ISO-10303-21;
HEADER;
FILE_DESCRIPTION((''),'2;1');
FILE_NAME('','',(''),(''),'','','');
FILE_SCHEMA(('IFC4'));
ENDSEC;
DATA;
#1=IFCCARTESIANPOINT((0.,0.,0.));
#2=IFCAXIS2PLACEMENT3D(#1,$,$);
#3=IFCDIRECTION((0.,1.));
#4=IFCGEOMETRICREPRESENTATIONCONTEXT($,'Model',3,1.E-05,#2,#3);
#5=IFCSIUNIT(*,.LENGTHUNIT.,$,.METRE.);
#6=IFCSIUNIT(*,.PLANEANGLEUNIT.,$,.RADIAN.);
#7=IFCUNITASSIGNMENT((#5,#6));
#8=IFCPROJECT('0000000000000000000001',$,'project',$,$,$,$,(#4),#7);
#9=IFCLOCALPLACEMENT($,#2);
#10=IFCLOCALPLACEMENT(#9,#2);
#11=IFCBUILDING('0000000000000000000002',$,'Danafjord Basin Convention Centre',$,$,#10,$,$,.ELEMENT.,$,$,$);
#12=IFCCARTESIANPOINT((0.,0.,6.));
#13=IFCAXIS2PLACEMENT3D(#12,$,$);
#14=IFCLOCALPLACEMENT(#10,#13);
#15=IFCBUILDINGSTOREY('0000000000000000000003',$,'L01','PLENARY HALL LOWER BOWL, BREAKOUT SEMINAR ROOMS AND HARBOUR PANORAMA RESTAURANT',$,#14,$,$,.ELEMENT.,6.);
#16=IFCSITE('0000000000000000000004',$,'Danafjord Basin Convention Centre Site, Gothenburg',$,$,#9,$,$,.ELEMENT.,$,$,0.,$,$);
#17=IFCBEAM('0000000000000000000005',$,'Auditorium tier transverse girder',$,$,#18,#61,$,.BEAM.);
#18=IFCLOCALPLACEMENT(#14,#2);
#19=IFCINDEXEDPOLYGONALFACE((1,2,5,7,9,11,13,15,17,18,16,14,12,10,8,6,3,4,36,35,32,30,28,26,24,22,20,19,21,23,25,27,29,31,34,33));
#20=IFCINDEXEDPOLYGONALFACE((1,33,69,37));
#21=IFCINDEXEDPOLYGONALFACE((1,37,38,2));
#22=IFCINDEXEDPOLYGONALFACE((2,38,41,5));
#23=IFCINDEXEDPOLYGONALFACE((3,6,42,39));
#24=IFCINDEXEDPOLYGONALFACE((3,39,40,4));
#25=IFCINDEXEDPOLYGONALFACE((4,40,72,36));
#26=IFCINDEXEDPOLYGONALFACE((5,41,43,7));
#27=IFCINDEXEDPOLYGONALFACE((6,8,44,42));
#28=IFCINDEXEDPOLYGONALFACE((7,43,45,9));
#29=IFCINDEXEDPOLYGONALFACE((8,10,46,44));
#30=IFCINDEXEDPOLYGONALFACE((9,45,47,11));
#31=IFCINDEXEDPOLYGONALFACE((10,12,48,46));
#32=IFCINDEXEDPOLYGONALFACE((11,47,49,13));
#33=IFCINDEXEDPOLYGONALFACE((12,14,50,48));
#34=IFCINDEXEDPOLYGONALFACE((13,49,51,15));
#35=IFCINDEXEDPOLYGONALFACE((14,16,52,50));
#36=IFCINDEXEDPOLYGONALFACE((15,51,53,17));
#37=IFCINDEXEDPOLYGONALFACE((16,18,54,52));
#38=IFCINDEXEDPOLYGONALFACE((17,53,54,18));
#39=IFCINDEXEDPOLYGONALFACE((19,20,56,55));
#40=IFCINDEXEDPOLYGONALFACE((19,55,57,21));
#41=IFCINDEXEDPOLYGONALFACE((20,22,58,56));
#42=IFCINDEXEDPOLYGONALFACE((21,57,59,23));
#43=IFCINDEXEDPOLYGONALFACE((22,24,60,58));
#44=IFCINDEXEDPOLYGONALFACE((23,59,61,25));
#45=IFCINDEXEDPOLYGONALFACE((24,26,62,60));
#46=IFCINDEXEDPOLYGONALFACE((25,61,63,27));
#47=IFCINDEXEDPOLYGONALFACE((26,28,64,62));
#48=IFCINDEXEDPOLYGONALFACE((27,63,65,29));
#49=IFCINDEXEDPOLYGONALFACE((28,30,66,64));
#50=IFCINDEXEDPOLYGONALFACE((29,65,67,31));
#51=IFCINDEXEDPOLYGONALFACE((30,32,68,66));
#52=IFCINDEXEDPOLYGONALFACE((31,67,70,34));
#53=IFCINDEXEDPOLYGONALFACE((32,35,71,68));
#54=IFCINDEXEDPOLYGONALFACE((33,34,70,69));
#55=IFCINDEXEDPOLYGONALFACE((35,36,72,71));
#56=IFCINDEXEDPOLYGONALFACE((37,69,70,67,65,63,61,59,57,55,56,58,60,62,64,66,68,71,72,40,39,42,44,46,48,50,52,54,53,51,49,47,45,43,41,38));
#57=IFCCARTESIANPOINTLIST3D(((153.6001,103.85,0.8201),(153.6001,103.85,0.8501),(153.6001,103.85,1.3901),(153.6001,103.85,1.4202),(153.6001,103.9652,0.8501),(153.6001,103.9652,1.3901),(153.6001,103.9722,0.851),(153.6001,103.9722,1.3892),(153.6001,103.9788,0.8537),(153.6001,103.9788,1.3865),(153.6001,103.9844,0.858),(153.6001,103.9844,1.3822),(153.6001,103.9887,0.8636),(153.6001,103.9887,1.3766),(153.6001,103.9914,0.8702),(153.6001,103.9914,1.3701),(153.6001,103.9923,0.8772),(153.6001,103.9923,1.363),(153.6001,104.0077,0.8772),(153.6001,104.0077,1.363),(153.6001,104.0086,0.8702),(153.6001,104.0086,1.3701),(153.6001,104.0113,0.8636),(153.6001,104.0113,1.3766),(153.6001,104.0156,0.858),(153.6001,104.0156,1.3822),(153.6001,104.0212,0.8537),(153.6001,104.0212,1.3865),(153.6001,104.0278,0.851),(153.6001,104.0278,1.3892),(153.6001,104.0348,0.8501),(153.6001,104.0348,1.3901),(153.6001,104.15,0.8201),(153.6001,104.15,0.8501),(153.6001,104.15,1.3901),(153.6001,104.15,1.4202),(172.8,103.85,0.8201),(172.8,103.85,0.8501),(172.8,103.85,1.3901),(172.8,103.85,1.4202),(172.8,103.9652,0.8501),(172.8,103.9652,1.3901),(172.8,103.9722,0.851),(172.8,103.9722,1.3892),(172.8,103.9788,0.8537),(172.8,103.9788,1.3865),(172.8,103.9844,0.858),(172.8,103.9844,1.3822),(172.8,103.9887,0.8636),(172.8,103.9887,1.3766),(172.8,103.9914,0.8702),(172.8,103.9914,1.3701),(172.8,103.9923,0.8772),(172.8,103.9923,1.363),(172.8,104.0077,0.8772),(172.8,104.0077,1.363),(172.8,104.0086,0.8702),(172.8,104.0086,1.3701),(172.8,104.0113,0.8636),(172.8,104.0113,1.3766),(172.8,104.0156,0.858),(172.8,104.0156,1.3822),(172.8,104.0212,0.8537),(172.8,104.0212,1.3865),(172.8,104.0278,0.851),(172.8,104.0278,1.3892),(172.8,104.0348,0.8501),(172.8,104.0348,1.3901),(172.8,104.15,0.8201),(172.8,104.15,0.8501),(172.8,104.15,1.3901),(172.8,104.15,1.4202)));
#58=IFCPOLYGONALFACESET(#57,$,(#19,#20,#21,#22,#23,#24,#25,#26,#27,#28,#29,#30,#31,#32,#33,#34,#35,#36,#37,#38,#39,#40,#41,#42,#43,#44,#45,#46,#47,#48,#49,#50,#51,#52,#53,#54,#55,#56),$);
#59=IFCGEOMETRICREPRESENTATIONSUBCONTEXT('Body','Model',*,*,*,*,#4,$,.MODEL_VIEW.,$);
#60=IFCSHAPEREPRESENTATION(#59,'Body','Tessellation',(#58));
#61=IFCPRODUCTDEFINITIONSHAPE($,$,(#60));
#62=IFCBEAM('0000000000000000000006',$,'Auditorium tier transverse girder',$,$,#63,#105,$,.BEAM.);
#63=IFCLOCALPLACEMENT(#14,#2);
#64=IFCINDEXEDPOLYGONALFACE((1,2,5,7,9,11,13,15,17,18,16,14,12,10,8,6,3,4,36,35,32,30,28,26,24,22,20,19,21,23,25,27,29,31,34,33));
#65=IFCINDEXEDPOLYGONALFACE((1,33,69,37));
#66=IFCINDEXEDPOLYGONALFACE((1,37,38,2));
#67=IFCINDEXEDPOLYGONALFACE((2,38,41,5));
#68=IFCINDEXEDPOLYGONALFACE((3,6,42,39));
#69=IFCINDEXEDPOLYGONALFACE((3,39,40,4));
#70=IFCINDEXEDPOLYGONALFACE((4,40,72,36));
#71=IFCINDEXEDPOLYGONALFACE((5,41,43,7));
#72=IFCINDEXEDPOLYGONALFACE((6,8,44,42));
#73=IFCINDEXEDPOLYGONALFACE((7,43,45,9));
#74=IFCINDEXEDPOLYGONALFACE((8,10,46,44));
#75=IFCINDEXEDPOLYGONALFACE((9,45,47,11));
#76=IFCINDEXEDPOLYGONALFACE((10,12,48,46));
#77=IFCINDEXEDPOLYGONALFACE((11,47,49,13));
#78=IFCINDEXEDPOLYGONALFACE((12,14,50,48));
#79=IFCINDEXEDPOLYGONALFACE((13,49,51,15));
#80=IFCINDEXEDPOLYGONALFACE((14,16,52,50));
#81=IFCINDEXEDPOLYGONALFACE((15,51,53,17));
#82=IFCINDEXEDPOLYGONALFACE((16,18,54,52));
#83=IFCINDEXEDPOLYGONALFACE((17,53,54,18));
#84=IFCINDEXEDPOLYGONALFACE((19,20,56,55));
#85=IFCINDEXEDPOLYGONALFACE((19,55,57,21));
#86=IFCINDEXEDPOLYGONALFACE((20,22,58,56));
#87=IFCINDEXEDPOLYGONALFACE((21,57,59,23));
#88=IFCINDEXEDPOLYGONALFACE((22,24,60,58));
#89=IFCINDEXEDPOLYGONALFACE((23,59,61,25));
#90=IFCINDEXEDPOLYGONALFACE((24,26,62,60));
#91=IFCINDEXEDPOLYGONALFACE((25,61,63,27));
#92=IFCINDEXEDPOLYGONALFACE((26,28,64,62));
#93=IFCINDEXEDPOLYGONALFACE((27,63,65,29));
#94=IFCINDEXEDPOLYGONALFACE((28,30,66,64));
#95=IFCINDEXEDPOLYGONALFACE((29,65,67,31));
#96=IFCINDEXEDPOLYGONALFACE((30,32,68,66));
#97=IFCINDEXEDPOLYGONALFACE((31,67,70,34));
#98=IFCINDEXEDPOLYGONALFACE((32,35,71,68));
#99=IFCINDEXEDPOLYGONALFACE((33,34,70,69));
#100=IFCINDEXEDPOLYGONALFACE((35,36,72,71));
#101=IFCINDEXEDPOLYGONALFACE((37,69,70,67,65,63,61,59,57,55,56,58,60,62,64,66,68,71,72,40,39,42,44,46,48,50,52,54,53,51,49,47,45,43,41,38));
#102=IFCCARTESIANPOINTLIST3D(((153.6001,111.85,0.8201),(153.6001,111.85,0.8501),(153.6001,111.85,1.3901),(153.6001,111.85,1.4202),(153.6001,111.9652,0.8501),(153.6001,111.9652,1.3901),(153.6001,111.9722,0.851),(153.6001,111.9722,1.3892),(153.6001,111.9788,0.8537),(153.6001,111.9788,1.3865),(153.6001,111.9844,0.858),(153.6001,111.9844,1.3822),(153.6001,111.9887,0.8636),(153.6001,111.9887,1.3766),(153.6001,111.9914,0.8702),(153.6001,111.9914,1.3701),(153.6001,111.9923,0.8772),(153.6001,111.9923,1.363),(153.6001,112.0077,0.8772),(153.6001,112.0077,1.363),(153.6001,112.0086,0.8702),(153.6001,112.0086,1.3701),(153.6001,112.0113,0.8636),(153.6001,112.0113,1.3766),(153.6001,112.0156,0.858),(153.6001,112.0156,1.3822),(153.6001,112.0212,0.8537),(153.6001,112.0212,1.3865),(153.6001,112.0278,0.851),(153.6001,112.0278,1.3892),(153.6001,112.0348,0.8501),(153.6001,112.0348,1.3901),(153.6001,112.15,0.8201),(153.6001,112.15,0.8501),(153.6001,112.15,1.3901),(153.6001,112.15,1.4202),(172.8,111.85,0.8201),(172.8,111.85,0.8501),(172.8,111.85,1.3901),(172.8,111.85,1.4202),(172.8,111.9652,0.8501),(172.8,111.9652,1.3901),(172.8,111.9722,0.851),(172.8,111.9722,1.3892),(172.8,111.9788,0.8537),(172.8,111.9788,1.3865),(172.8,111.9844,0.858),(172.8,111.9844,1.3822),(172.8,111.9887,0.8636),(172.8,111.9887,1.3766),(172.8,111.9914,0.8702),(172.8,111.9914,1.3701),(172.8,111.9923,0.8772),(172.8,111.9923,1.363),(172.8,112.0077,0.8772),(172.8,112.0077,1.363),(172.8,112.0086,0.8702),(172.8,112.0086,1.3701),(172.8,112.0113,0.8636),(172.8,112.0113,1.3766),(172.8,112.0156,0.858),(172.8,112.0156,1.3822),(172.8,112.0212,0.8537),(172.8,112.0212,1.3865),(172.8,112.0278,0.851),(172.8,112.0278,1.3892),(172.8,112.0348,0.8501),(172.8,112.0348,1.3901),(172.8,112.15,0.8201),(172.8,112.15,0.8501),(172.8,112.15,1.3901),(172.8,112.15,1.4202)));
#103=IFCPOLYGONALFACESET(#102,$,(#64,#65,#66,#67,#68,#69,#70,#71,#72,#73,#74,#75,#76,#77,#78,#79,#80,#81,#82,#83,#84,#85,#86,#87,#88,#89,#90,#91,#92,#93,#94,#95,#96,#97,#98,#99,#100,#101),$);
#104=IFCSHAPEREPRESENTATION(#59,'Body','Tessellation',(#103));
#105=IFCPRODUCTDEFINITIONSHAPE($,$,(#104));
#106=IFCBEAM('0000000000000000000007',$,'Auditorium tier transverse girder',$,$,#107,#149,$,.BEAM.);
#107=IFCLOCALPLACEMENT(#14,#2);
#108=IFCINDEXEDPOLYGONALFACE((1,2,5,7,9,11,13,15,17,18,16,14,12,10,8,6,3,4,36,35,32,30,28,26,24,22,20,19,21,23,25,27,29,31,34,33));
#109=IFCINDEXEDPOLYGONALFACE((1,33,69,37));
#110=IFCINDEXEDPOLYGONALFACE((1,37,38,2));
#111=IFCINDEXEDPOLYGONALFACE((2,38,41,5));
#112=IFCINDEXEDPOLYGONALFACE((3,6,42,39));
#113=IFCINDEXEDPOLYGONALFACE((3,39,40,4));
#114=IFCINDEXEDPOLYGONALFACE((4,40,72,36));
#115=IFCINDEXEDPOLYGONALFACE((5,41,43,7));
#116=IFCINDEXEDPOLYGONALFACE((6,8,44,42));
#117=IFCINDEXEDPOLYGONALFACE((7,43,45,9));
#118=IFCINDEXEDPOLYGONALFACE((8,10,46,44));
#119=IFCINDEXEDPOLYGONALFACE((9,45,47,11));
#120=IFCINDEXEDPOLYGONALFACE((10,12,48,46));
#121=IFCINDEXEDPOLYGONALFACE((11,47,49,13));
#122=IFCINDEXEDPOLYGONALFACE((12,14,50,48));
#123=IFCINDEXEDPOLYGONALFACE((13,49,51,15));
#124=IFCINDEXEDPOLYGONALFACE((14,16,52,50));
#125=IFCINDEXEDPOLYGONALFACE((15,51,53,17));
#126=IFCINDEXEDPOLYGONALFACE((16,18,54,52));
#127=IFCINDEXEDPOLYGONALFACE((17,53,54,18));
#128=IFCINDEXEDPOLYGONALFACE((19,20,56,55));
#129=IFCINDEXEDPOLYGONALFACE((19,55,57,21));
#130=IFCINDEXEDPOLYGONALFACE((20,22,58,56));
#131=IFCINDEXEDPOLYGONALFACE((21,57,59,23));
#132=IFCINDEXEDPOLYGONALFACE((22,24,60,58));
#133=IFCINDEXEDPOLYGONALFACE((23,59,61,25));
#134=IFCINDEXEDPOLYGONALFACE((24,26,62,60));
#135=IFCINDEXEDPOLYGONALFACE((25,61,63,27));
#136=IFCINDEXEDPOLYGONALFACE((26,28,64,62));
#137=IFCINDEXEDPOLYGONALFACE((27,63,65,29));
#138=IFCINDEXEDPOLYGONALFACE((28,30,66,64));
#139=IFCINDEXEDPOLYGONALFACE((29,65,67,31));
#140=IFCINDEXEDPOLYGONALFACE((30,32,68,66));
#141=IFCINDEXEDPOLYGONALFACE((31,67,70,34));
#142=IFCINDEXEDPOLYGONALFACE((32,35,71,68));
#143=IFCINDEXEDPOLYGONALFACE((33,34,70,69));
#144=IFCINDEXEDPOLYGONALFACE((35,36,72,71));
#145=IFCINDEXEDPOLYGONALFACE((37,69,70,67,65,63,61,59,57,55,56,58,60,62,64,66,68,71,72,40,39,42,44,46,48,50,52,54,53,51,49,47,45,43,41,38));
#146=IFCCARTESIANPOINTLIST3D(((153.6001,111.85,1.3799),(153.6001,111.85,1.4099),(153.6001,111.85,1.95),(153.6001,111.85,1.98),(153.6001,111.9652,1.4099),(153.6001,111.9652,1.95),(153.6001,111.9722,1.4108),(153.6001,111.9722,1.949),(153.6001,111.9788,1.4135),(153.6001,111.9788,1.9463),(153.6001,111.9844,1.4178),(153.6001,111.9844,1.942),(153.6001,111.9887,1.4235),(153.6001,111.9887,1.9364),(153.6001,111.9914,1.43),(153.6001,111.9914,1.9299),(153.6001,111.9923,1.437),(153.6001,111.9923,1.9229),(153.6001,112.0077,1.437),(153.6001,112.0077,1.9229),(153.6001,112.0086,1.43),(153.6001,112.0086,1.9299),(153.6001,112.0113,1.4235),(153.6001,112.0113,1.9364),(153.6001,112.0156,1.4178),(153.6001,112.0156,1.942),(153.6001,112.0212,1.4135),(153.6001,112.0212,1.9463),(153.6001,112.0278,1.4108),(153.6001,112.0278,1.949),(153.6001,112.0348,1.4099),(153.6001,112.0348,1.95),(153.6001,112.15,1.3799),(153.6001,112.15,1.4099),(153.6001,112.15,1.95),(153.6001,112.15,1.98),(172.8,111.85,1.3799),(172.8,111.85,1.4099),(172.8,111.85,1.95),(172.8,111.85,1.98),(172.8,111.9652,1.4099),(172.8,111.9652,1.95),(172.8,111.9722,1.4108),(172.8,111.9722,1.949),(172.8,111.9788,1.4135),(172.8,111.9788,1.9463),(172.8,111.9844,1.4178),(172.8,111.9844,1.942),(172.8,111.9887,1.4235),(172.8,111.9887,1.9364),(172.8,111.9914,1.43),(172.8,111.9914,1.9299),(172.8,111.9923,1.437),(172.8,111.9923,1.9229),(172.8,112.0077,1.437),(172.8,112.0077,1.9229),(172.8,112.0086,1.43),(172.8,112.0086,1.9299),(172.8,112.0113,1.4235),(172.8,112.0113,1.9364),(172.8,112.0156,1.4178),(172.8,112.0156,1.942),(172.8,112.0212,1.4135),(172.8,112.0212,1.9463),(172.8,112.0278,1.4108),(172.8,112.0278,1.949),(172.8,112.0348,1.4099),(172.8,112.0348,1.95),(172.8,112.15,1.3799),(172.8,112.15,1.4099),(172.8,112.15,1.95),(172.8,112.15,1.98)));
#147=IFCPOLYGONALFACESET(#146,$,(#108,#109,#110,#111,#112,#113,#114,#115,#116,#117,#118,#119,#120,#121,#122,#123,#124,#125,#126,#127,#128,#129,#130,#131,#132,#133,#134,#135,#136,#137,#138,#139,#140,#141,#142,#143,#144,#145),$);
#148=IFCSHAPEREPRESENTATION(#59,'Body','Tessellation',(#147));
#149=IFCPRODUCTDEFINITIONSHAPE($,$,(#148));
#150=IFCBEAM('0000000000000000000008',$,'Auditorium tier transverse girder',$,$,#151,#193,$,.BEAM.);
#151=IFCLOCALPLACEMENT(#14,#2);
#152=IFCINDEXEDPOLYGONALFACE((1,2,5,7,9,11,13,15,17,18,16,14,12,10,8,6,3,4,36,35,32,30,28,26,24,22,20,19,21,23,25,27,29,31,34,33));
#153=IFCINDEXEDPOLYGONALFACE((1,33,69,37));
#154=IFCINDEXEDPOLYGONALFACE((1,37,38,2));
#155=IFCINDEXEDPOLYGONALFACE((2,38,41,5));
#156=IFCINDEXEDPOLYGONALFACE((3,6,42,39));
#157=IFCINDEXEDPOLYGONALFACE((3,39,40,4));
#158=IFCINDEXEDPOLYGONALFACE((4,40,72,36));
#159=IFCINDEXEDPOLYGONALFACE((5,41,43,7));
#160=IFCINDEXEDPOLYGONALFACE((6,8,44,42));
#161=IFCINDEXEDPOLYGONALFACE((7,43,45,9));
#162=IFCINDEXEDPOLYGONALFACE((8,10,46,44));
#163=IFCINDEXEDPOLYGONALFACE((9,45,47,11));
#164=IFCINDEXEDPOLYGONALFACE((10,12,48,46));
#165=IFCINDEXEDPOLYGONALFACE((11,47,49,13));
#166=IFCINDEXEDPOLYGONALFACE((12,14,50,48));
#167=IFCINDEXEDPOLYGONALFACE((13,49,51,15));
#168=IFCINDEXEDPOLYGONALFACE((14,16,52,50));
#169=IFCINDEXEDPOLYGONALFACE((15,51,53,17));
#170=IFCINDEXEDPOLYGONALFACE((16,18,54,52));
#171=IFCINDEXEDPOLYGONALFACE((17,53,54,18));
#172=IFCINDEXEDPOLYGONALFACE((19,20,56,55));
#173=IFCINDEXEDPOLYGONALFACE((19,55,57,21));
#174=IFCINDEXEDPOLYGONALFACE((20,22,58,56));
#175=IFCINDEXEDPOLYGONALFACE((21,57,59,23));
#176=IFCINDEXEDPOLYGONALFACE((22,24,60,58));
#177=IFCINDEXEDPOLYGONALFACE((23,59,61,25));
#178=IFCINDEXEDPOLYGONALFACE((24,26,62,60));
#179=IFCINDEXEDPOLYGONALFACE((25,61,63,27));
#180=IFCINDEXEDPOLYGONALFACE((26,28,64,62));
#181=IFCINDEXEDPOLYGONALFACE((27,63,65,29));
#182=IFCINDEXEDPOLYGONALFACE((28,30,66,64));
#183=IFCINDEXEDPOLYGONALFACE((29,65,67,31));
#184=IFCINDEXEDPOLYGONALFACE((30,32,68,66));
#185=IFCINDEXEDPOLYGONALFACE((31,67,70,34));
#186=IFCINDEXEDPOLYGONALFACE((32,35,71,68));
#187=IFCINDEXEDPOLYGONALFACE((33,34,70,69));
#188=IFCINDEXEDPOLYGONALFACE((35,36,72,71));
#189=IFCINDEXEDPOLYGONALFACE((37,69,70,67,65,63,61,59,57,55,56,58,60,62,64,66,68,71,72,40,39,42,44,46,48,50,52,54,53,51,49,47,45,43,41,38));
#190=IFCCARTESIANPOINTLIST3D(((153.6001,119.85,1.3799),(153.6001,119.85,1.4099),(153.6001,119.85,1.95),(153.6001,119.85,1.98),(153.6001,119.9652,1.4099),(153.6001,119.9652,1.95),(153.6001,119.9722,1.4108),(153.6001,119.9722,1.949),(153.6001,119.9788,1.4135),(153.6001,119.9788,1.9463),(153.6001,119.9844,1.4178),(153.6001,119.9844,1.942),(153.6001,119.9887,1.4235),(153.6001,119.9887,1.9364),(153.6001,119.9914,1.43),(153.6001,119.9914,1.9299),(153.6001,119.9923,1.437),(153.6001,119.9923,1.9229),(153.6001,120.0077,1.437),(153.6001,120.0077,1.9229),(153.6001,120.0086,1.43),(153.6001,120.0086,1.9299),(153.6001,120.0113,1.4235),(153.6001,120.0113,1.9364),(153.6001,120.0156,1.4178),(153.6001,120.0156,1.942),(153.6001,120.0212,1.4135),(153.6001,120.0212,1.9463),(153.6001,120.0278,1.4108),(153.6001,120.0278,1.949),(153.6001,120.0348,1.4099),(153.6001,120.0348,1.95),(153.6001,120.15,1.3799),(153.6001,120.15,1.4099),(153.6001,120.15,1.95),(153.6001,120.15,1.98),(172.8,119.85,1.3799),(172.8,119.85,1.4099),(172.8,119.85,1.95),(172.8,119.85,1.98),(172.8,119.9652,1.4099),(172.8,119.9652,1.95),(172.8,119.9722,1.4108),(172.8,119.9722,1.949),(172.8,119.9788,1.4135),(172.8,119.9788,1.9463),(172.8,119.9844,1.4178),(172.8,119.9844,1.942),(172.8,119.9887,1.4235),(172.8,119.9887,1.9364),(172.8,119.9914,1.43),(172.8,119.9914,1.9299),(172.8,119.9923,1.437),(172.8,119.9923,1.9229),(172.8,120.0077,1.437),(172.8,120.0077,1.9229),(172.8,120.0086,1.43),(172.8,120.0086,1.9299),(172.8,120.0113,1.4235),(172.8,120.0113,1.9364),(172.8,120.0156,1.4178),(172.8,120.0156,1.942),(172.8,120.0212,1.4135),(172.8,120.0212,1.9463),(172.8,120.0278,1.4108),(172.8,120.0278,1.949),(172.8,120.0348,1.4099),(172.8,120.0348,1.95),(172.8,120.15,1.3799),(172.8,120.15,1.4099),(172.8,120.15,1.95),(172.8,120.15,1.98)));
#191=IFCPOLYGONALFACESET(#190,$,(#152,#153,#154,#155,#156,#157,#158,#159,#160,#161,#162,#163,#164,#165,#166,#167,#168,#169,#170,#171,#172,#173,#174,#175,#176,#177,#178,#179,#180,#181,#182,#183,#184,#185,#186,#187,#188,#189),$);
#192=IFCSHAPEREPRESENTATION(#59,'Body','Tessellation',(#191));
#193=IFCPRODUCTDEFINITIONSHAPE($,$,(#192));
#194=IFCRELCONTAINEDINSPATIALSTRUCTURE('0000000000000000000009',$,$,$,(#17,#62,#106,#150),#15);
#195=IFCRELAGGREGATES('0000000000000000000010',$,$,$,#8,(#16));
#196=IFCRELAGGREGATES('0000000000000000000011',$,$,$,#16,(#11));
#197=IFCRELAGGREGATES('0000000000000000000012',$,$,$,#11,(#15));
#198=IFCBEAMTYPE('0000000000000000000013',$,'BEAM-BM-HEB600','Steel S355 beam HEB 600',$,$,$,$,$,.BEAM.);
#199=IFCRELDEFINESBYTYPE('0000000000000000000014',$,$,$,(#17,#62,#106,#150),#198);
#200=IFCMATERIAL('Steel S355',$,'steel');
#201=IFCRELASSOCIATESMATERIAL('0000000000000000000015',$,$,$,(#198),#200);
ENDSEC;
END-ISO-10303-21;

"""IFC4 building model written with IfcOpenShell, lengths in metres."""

from ifc_helpers import new_model, si_unit, direction, frame, origin, origin_2d, place, context, subcontext, project, spatial, i_section, extrude, material, material_profile, profile_set, type_object, element, save


model = new_model("IFC4")

# Units and contexts
model_context = context("Model", 3, precision=1e-05, world=origin(), true_north=direction((0.0, 1.0)))
body_context = subcontext(model_context, "Body", "Model", "MODEL_VIEW")
ifc_project = project(units=[si_unit("LENGTHUNIT", "METRE"), si_unit("PLANEANGLEUNIT", "RADIAN")], contexts=[model_context])

# Site, building, storey
site_placement = place(None, origin())
site = spatial("IfcSite", under=ifc_project, at=site_placement, Name="Danafjord Basin Convention Centre Site, Gothenburg", CompositionType="ELEMENT", RefElevation=0.0)
building_placement = place(site_placement, origin())
building = spatial("IfcBuilding", under=site, at=building_placement, Name="Danafjord Basin Convention Centre", CompositionType="ELEMENT")
storey_placement = place(building_placement, frame((0.0, 0.0, 6.0)))
storey = spatial("IfcBuildingStorey", under=building, at=storey_placement, Name="L01", Description="PLENARY HALL LOWER BOWL, BREAKOUT SEMINAR ROOMS AND HARBOUR PANORAMA RESTAURANT", CompositionType="ELEMENT", Elevation=6.0)

# Shared definitions
ifc_material = material(Name="Steel S355", Category="steel")

# Beams
ifc_material_profile_1 = material_profile(ifc_material, i_section(OverallWidth=0.3, OverallDepth=0.6001, WebThickness=0.0154, FlangeThickness=0.03, FilletRadius=0.0271, at=origin_2d()), Name="HEB 600")
ifc_profile_set_1 = profile_set([ifc_material_profile_1], Name="Steel S355")
beam_type_1 = type_object("IfcBeamType", Name="BEAM-BM-HEB600", Description="Steel S355 beam HEB 600", PredefinedType="BEAM", material=ifc_profile_set_1)
for number, where, z_axis, x_axis, name in (
    (1, (153.6001, 104.0, 1.1201), (1.0, 0.0, 0.0), (0.0, 1.0, 0.0), "Auditorium tier transverse girder"),
    (2, (153.6001, 112.0, 1.1201), (1.0, 0.0, 0.0), (0.0, 1.0, 0.0), "Auditorium tier transverse girder"),
    (3, (153.6001, 112.0, 1.6799), (1.0, 0.0, 0.0), (0.0, 1.0, 0.0), "Auditorium tier transverse girder"),
    (4, (153.6001, 120.0, 1.6799), (1.0, 0.0, 0.0), (0.0, 1.0, 0.0), "Auditorium tier transverse girder"),
):
    element("IfcBeam", number, at=place(storey_placement, frame(where, z_axis=z_axis, x_axis=x_axis)), inside=storey, type_object=beam_type_1, Name=name, PredefinedType="BEAM", context=body_context, shape_type="SweptSolid", body=[
        extrude(i_section(OverallWidth=0.3, OverallDepth=0.6001, WebThickness=0.0154, FlangeThickness=0.03, FilletRadius=0.0271, at=origin_2d()), origin(), (0.0, 0.0, 1.0), 19.2),
    ])

save(model, "model.ifc")
